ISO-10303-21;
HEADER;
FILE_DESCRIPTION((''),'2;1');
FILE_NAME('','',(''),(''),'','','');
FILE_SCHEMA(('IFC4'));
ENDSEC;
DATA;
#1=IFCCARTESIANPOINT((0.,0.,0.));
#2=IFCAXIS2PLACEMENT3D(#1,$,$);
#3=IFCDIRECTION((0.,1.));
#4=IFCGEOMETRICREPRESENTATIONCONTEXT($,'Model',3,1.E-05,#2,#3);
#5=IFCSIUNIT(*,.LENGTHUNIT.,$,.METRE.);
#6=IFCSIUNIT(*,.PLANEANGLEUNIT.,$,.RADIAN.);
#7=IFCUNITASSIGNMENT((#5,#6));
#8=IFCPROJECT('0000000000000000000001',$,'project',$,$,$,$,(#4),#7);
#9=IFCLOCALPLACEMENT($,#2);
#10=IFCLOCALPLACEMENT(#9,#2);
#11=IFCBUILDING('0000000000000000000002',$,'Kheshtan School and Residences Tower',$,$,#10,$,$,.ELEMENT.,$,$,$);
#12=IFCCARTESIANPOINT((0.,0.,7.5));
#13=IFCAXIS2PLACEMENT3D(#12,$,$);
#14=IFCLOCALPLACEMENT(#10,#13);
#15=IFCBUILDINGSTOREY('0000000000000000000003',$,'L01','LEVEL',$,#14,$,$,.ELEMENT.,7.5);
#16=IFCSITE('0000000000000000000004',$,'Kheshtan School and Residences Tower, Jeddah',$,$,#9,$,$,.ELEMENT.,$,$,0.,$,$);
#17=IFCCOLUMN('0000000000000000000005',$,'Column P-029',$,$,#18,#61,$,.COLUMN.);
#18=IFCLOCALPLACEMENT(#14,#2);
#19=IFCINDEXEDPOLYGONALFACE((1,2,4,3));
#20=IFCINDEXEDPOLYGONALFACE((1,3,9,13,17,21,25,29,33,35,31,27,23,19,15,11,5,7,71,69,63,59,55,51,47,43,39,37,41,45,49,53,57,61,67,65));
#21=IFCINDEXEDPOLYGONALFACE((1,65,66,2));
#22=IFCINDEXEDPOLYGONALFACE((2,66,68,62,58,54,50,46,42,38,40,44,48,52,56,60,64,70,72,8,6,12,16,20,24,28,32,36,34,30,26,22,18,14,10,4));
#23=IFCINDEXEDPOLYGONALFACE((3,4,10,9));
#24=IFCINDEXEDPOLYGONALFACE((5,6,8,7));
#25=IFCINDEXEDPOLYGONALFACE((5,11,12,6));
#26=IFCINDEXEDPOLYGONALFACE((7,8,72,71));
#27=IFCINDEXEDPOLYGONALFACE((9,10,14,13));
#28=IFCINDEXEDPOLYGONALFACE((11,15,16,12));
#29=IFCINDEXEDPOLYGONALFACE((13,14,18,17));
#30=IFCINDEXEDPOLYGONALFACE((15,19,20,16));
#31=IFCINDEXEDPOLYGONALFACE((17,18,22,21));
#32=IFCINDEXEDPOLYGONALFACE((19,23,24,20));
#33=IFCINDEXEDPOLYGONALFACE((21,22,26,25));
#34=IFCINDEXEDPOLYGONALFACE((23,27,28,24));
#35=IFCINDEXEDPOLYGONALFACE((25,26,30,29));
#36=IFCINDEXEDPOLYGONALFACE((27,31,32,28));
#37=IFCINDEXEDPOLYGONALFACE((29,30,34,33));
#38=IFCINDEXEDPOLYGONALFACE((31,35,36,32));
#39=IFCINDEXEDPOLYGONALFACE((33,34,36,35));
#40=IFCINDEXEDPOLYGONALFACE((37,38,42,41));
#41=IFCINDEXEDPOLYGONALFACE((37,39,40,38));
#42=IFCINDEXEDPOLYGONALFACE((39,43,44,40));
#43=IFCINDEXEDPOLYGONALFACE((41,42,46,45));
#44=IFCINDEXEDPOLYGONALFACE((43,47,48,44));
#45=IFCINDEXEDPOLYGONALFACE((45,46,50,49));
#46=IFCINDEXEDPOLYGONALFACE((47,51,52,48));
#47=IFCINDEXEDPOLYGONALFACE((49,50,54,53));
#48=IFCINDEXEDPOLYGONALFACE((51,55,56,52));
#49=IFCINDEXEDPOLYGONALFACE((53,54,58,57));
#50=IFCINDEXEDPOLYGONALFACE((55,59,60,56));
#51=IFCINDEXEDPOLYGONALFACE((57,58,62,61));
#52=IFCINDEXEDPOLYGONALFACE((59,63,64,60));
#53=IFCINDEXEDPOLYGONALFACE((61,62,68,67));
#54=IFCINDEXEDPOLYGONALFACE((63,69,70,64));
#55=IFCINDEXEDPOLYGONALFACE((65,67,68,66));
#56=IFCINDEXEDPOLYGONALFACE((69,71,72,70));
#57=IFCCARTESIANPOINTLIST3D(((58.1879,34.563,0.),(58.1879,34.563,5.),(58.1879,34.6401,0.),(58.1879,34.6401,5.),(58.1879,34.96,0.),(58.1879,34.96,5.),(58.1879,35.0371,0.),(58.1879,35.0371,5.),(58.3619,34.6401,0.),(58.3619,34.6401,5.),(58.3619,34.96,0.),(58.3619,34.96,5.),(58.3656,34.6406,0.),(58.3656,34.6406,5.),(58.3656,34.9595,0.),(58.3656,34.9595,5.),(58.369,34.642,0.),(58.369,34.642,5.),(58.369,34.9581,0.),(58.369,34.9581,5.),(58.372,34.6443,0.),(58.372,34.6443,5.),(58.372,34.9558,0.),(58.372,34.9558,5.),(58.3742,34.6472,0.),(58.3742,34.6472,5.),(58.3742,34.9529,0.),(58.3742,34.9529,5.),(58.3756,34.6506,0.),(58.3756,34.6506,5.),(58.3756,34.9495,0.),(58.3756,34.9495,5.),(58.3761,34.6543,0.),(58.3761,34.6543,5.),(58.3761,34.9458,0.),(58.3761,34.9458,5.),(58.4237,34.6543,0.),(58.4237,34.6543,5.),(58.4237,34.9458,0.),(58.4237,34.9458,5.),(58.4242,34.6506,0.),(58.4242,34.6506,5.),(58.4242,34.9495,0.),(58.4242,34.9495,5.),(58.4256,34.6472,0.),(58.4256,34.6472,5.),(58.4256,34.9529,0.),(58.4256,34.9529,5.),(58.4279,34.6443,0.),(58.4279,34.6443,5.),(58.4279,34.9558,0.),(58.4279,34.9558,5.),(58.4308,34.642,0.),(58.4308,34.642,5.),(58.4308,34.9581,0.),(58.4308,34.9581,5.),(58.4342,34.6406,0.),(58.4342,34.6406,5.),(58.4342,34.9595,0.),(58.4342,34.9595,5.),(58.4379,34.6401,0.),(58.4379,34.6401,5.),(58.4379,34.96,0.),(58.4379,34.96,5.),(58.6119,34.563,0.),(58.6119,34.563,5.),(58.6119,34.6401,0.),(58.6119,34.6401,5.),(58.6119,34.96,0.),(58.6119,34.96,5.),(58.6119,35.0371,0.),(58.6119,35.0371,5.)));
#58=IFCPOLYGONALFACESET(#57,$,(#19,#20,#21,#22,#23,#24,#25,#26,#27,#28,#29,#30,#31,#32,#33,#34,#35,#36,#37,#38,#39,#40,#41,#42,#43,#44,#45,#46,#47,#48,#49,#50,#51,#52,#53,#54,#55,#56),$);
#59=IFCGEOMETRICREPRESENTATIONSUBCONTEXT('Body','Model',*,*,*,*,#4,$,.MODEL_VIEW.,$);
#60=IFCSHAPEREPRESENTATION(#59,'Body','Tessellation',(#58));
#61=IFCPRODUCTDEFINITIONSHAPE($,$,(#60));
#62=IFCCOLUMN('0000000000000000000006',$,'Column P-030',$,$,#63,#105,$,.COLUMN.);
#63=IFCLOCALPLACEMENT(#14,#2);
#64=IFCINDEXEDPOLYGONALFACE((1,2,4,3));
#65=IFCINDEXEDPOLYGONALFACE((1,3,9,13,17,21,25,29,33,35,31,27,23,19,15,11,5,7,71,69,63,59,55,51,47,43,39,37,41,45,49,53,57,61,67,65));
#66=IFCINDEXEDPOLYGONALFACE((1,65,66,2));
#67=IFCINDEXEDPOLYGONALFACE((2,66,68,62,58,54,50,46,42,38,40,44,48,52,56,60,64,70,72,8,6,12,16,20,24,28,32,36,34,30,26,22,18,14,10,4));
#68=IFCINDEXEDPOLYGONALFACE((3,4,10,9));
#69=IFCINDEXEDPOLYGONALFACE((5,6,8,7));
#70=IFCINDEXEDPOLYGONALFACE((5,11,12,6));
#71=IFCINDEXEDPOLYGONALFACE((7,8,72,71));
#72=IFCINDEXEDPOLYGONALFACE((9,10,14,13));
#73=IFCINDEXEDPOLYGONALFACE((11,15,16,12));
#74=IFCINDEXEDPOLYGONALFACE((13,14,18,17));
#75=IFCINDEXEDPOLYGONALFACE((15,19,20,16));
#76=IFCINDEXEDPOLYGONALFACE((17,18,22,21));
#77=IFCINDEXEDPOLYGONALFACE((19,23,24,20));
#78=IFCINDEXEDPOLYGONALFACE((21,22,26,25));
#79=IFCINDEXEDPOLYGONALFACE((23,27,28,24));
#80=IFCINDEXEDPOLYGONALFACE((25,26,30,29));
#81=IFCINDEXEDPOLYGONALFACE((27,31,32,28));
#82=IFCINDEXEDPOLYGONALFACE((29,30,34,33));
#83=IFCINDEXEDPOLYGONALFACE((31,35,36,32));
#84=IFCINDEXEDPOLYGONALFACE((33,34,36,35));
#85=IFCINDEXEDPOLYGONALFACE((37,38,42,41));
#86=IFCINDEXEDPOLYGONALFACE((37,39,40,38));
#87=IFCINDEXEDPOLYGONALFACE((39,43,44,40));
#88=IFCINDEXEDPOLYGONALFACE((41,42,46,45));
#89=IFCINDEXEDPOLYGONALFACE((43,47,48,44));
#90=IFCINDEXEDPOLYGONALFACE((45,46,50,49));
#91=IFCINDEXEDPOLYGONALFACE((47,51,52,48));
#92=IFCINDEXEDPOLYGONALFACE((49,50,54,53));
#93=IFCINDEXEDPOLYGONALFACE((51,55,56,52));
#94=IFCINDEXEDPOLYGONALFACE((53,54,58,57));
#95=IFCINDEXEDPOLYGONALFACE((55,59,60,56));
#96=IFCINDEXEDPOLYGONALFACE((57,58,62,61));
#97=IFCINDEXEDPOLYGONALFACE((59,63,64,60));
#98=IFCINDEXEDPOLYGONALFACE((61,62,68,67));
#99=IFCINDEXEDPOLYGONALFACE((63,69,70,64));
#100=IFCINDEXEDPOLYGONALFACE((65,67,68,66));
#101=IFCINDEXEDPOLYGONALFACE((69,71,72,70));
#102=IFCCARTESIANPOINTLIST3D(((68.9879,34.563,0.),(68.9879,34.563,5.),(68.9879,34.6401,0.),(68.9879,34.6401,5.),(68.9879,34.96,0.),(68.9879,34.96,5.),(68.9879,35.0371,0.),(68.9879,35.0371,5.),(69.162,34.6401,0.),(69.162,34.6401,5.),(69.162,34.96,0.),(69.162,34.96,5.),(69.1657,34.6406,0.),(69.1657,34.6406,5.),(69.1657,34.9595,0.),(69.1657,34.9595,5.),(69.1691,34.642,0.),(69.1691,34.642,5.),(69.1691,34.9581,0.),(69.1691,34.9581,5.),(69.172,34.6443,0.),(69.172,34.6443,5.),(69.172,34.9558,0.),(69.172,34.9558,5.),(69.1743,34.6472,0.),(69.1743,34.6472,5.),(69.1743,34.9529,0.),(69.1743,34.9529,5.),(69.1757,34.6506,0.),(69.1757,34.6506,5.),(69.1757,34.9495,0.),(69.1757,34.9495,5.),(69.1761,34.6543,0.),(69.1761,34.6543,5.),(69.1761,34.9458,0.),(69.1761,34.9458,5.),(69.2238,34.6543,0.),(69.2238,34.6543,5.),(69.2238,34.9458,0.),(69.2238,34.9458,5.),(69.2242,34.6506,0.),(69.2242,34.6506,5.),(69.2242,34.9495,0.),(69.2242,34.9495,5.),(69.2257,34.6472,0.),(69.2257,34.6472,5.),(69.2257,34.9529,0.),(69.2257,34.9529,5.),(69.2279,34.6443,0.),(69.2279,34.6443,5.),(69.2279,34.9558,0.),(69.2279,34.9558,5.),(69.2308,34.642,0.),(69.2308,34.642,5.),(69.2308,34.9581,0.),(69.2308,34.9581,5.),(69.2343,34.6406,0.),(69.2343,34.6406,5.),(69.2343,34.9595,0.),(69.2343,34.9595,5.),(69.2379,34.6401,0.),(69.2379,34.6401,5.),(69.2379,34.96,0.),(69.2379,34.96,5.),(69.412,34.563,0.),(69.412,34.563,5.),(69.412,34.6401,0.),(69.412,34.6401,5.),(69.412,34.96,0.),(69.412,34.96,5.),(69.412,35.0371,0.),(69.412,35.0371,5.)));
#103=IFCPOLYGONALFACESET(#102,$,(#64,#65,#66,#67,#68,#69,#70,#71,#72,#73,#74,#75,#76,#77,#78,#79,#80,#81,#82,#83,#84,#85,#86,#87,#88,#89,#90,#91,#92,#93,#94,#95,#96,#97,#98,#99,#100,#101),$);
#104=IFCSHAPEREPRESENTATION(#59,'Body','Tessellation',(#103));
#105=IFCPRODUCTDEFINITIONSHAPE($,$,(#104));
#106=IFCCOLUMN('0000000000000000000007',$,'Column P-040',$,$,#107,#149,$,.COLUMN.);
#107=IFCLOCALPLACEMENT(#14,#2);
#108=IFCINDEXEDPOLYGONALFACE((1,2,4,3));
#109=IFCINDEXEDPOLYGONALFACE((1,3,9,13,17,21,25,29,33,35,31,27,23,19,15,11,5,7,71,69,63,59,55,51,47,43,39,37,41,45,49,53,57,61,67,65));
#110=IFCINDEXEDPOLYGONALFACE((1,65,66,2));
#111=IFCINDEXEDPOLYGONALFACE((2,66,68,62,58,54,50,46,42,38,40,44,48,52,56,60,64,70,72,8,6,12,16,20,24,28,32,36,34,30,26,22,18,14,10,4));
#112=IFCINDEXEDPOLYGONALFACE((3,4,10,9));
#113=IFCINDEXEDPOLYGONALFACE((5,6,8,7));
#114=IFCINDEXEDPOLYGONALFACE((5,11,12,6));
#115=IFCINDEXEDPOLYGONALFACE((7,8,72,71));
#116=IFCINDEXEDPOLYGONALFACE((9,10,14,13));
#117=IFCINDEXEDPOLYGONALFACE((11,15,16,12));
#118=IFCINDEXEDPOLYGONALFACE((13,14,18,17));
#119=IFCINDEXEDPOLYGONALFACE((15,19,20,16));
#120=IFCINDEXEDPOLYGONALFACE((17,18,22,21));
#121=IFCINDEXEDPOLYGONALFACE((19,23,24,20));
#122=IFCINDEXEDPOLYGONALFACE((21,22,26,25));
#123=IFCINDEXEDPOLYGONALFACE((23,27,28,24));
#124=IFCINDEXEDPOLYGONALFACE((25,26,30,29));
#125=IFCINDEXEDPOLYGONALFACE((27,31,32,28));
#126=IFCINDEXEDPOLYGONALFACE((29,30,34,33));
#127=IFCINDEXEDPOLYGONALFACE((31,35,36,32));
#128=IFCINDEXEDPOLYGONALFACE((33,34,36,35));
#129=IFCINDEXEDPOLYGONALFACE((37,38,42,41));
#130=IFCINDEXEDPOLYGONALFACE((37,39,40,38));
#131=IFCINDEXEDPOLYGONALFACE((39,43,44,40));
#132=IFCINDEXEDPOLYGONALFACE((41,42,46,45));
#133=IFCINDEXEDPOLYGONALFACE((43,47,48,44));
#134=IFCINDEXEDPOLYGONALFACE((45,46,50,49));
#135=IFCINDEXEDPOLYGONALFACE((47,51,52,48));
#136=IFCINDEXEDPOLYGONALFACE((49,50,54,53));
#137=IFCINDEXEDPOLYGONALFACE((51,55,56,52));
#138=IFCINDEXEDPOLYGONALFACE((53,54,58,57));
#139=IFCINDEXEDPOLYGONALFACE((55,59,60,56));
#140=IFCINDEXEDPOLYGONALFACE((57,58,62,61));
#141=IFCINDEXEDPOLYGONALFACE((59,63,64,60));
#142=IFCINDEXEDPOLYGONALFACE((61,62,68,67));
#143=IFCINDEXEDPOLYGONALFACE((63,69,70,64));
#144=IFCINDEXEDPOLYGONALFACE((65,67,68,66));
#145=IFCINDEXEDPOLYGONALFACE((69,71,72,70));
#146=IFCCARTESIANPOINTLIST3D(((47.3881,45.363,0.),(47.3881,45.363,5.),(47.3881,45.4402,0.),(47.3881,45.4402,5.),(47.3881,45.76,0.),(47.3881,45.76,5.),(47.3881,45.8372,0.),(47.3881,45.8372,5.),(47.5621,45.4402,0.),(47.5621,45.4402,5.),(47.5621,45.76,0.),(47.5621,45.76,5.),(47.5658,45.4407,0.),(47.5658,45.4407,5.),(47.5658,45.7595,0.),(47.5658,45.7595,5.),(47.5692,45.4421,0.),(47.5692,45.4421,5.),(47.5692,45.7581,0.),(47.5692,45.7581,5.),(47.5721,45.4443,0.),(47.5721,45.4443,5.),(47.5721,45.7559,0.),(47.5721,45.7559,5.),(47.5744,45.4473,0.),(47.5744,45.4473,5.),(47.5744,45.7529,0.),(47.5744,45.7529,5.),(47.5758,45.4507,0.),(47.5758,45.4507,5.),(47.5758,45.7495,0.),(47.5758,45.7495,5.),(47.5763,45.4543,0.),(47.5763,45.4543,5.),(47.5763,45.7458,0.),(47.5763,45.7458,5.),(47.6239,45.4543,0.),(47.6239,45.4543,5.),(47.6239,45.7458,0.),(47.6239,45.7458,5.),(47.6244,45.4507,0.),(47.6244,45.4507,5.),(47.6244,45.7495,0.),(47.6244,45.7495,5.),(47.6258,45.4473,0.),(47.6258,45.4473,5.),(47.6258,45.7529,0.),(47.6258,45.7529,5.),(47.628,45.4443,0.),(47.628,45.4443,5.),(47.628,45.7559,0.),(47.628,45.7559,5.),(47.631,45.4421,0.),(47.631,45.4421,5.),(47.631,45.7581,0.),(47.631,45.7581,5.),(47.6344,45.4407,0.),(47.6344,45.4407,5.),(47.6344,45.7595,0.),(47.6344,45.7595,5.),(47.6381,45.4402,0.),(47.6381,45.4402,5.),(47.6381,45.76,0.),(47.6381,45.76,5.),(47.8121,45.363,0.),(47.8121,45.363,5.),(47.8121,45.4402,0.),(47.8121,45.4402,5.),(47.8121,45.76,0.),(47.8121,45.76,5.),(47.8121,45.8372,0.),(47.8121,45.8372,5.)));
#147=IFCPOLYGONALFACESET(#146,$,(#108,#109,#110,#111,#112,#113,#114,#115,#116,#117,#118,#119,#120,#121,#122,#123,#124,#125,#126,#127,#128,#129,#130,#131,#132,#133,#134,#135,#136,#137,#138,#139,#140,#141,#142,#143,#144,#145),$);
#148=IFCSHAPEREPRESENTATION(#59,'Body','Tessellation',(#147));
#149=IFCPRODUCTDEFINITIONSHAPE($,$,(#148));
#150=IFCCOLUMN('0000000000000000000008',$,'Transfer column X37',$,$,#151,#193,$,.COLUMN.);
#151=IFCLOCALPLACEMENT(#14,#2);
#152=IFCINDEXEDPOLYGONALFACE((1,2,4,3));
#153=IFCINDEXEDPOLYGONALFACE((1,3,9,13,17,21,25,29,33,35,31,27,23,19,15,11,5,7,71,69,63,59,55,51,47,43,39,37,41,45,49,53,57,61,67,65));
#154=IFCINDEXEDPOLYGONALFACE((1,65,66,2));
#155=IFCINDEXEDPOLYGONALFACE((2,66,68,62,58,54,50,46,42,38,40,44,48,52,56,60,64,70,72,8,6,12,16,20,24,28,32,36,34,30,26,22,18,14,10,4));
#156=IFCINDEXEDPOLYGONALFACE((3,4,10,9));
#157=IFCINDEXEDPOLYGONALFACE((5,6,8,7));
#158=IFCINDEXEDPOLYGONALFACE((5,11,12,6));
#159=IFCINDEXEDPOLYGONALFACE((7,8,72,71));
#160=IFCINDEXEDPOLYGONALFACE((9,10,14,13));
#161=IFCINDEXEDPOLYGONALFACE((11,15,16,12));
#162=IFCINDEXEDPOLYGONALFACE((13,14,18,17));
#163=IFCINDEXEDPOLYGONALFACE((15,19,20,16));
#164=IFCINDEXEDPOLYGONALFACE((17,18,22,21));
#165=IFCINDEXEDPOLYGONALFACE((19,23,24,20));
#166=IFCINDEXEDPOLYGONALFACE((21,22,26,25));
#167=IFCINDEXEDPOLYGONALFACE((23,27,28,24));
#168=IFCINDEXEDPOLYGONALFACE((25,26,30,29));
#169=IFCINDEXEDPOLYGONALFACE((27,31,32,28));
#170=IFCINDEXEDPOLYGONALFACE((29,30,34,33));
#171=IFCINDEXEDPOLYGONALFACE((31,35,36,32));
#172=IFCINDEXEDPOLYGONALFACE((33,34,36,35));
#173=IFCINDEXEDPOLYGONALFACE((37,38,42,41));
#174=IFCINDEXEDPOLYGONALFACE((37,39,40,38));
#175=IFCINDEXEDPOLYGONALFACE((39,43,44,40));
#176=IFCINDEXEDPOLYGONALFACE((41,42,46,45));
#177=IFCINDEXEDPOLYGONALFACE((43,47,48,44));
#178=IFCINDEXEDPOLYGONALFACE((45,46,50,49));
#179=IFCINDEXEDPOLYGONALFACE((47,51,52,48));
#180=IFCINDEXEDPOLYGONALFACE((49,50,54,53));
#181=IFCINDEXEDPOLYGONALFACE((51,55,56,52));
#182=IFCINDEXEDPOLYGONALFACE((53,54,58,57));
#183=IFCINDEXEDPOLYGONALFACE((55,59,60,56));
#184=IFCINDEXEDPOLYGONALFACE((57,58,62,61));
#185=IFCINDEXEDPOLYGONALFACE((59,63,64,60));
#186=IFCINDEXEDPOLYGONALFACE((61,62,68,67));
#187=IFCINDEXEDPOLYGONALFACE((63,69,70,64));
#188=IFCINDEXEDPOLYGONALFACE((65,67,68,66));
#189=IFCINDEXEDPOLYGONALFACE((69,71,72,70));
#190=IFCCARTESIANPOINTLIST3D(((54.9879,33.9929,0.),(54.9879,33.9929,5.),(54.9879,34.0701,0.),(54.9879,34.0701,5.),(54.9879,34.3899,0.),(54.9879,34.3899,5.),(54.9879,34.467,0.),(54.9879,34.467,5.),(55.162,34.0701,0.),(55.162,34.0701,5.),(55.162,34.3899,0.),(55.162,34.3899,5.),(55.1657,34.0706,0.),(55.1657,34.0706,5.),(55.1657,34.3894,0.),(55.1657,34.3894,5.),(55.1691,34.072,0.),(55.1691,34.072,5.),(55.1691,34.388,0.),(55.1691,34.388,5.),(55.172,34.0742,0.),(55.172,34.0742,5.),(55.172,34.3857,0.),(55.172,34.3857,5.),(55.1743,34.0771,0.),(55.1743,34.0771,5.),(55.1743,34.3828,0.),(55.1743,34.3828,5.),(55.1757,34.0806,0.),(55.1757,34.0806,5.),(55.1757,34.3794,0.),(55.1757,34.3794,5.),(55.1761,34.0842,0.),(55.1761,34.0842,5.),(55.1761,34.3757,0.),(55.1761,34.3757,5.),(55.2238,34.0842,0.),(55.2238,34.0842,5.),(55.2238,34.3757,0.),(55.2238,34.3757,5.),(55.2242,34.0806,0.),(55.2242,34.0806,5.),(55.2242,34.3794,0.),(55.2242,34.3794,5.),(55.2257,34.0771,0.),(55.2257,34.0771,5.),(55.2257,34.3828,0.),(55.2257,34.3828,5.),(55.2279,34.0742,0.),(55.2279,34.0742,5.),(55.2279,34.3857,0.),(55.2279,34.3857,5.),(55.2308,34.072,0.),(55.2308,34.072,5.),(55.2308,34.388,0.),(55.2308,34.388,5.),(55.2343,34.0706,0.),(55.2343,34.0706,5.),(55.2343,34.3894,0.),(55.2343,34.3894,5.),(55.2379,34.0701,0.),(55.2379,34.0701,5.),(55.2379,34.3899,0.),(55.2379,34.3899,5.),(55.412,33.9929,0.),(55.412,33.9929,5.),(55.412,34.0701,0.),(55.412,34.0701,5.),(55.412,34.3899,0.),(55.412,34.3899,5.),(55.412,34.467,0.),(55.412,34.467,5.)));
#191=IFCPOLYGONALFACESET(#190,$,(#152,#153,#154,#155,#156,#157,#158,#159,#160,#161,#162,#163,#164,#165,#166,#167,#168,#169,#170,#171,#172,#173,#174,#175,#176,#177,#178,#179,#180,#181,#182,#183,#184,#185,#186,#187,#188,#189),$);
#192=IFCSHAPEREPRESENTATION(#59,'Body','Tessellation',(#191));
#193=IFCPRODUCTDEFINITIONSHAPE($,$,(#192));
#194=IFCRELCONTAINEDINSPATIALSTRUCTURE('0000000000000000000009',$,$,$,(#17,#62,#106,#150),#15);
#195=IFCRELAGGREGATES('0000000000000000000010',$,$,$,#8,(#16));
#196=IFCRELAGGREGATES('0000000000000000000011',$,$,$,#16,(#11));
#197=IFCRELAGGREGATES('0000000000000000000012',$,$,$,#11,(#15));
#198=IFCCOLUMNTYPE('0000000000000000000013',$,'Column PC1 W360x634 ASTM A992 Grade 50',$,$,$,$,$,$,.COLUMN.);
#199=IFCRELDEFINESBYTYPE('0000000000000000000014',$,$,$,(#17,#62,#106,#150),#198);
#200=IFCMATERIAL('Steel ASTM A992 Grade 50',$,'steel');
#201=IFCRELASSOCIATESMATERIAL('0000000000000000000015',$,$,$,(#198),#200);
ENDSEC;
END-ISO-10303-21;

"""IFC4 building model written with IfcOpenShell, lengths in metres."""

from ifc_helpers import new_model, si_unit, direction, frame, origin, origin_2d, place, context, subcontext, project, spatial, i_section, extrude, material, material_profile, profile_set, type_object, element, save


model = new_model("IFC4")

# Units and contexts
model_context = context("Model", 3, precision=1e-05, world=origin(), true_north=direction((0.0, 1.0)))
body_context = subcontext(model_context, "Body", "Model", "MODEL_VIEW")
ifc_project = project(units=[si_unit("LENGTHUNIT", "METRE"), si_unit("PLANEANGLEUNIT", "RADIAN")], contexts=[model_context])

# Site, building, storey
site_placement = place(None, origin())
site = spatial("IfcSite", under=ifc_project, at=site_placement, Name="Kheshtan School and Residences Tower, Jeddah", CompositionType="ELEMENT", RefElevation=0.0)
building_placement = place(site_placement, origin())
building = spatial("IfcBuilding", under=site, at=building_placement, Name="Kheshtan School and Residences Tower", CompositionType="ELEMENT")
storey_placement = place(building_placement, frame((0.0, 0.0, 7.5)))
storey = spatial("IfcBuildingStorey", under=building, at=storey_placement, Name="L01", Description="LEVEL", CompositionType="ELEMENT", Elevation=7.5)

# Columns
ifc_material_1 = material(Name="Steel ASTM A992 Grade 50", Category="steel")
ifc_material_profile = material_profile(ifc_material_1, i_section(OverallWidth=0.4241, OverallDepth=0.4741, WebThickness=0.0476, FlangeThickness=0.0771, FilletRadius=0.0142, at=origin_2d()), Name="W360x634")
ifc_profile_set = profile_set([ifc_material_profile], Name="Steel ASTM A992 Grade 50")
column_type = type_object("IfcColumnType", Name="Column PC1 W360x634 ASTM A992 Grade 50", PredefinedType="COLUMN", material=ifc_profile_set)
for number, where, z_axis, x_axis, name in (
    (1, (58.3999, 34.8, 0.0), (0.0, 0.0, 1.0), (1.0, 0.0, 0.0), "Column P-029"),
    (2, (69.2, 34.8, 0.0), (0.0, 0.0, 1.0), (1.0, 0.0, 0.0), "Column P-030"),
    (3, (47.6001, 45.6001, 0.0), (0.0, 0.0, 1.0), (1.0, 0.0, 0.0), "Column P-040"),
    (4, (55.2, 34.23, 0.0), (0.0, 0.0, 1.0), (1.0, 0.0, 0.0), "Transfer column X37"),
):
    element("IfcColumn", number, at=place(storey_placement, frame(where, z_axis=z_axis, x_axis=x_axis)), inside=storey, type_object=column_type, Name=name, PredefinedType="COLUMN", context=body_context, shape_type="SweptSolid", body=[
        extrude(i_section(OverallWidth=0.4241, OverallDepth=0.4741, WebThickness=0.0476, FlangeThickness=0.0771, FilletRadius=0.0142, at=origin_2d()), origin(), (0.0, 0.0, 1.0), 5.0),
    ])

save(model, "model.ifc")
